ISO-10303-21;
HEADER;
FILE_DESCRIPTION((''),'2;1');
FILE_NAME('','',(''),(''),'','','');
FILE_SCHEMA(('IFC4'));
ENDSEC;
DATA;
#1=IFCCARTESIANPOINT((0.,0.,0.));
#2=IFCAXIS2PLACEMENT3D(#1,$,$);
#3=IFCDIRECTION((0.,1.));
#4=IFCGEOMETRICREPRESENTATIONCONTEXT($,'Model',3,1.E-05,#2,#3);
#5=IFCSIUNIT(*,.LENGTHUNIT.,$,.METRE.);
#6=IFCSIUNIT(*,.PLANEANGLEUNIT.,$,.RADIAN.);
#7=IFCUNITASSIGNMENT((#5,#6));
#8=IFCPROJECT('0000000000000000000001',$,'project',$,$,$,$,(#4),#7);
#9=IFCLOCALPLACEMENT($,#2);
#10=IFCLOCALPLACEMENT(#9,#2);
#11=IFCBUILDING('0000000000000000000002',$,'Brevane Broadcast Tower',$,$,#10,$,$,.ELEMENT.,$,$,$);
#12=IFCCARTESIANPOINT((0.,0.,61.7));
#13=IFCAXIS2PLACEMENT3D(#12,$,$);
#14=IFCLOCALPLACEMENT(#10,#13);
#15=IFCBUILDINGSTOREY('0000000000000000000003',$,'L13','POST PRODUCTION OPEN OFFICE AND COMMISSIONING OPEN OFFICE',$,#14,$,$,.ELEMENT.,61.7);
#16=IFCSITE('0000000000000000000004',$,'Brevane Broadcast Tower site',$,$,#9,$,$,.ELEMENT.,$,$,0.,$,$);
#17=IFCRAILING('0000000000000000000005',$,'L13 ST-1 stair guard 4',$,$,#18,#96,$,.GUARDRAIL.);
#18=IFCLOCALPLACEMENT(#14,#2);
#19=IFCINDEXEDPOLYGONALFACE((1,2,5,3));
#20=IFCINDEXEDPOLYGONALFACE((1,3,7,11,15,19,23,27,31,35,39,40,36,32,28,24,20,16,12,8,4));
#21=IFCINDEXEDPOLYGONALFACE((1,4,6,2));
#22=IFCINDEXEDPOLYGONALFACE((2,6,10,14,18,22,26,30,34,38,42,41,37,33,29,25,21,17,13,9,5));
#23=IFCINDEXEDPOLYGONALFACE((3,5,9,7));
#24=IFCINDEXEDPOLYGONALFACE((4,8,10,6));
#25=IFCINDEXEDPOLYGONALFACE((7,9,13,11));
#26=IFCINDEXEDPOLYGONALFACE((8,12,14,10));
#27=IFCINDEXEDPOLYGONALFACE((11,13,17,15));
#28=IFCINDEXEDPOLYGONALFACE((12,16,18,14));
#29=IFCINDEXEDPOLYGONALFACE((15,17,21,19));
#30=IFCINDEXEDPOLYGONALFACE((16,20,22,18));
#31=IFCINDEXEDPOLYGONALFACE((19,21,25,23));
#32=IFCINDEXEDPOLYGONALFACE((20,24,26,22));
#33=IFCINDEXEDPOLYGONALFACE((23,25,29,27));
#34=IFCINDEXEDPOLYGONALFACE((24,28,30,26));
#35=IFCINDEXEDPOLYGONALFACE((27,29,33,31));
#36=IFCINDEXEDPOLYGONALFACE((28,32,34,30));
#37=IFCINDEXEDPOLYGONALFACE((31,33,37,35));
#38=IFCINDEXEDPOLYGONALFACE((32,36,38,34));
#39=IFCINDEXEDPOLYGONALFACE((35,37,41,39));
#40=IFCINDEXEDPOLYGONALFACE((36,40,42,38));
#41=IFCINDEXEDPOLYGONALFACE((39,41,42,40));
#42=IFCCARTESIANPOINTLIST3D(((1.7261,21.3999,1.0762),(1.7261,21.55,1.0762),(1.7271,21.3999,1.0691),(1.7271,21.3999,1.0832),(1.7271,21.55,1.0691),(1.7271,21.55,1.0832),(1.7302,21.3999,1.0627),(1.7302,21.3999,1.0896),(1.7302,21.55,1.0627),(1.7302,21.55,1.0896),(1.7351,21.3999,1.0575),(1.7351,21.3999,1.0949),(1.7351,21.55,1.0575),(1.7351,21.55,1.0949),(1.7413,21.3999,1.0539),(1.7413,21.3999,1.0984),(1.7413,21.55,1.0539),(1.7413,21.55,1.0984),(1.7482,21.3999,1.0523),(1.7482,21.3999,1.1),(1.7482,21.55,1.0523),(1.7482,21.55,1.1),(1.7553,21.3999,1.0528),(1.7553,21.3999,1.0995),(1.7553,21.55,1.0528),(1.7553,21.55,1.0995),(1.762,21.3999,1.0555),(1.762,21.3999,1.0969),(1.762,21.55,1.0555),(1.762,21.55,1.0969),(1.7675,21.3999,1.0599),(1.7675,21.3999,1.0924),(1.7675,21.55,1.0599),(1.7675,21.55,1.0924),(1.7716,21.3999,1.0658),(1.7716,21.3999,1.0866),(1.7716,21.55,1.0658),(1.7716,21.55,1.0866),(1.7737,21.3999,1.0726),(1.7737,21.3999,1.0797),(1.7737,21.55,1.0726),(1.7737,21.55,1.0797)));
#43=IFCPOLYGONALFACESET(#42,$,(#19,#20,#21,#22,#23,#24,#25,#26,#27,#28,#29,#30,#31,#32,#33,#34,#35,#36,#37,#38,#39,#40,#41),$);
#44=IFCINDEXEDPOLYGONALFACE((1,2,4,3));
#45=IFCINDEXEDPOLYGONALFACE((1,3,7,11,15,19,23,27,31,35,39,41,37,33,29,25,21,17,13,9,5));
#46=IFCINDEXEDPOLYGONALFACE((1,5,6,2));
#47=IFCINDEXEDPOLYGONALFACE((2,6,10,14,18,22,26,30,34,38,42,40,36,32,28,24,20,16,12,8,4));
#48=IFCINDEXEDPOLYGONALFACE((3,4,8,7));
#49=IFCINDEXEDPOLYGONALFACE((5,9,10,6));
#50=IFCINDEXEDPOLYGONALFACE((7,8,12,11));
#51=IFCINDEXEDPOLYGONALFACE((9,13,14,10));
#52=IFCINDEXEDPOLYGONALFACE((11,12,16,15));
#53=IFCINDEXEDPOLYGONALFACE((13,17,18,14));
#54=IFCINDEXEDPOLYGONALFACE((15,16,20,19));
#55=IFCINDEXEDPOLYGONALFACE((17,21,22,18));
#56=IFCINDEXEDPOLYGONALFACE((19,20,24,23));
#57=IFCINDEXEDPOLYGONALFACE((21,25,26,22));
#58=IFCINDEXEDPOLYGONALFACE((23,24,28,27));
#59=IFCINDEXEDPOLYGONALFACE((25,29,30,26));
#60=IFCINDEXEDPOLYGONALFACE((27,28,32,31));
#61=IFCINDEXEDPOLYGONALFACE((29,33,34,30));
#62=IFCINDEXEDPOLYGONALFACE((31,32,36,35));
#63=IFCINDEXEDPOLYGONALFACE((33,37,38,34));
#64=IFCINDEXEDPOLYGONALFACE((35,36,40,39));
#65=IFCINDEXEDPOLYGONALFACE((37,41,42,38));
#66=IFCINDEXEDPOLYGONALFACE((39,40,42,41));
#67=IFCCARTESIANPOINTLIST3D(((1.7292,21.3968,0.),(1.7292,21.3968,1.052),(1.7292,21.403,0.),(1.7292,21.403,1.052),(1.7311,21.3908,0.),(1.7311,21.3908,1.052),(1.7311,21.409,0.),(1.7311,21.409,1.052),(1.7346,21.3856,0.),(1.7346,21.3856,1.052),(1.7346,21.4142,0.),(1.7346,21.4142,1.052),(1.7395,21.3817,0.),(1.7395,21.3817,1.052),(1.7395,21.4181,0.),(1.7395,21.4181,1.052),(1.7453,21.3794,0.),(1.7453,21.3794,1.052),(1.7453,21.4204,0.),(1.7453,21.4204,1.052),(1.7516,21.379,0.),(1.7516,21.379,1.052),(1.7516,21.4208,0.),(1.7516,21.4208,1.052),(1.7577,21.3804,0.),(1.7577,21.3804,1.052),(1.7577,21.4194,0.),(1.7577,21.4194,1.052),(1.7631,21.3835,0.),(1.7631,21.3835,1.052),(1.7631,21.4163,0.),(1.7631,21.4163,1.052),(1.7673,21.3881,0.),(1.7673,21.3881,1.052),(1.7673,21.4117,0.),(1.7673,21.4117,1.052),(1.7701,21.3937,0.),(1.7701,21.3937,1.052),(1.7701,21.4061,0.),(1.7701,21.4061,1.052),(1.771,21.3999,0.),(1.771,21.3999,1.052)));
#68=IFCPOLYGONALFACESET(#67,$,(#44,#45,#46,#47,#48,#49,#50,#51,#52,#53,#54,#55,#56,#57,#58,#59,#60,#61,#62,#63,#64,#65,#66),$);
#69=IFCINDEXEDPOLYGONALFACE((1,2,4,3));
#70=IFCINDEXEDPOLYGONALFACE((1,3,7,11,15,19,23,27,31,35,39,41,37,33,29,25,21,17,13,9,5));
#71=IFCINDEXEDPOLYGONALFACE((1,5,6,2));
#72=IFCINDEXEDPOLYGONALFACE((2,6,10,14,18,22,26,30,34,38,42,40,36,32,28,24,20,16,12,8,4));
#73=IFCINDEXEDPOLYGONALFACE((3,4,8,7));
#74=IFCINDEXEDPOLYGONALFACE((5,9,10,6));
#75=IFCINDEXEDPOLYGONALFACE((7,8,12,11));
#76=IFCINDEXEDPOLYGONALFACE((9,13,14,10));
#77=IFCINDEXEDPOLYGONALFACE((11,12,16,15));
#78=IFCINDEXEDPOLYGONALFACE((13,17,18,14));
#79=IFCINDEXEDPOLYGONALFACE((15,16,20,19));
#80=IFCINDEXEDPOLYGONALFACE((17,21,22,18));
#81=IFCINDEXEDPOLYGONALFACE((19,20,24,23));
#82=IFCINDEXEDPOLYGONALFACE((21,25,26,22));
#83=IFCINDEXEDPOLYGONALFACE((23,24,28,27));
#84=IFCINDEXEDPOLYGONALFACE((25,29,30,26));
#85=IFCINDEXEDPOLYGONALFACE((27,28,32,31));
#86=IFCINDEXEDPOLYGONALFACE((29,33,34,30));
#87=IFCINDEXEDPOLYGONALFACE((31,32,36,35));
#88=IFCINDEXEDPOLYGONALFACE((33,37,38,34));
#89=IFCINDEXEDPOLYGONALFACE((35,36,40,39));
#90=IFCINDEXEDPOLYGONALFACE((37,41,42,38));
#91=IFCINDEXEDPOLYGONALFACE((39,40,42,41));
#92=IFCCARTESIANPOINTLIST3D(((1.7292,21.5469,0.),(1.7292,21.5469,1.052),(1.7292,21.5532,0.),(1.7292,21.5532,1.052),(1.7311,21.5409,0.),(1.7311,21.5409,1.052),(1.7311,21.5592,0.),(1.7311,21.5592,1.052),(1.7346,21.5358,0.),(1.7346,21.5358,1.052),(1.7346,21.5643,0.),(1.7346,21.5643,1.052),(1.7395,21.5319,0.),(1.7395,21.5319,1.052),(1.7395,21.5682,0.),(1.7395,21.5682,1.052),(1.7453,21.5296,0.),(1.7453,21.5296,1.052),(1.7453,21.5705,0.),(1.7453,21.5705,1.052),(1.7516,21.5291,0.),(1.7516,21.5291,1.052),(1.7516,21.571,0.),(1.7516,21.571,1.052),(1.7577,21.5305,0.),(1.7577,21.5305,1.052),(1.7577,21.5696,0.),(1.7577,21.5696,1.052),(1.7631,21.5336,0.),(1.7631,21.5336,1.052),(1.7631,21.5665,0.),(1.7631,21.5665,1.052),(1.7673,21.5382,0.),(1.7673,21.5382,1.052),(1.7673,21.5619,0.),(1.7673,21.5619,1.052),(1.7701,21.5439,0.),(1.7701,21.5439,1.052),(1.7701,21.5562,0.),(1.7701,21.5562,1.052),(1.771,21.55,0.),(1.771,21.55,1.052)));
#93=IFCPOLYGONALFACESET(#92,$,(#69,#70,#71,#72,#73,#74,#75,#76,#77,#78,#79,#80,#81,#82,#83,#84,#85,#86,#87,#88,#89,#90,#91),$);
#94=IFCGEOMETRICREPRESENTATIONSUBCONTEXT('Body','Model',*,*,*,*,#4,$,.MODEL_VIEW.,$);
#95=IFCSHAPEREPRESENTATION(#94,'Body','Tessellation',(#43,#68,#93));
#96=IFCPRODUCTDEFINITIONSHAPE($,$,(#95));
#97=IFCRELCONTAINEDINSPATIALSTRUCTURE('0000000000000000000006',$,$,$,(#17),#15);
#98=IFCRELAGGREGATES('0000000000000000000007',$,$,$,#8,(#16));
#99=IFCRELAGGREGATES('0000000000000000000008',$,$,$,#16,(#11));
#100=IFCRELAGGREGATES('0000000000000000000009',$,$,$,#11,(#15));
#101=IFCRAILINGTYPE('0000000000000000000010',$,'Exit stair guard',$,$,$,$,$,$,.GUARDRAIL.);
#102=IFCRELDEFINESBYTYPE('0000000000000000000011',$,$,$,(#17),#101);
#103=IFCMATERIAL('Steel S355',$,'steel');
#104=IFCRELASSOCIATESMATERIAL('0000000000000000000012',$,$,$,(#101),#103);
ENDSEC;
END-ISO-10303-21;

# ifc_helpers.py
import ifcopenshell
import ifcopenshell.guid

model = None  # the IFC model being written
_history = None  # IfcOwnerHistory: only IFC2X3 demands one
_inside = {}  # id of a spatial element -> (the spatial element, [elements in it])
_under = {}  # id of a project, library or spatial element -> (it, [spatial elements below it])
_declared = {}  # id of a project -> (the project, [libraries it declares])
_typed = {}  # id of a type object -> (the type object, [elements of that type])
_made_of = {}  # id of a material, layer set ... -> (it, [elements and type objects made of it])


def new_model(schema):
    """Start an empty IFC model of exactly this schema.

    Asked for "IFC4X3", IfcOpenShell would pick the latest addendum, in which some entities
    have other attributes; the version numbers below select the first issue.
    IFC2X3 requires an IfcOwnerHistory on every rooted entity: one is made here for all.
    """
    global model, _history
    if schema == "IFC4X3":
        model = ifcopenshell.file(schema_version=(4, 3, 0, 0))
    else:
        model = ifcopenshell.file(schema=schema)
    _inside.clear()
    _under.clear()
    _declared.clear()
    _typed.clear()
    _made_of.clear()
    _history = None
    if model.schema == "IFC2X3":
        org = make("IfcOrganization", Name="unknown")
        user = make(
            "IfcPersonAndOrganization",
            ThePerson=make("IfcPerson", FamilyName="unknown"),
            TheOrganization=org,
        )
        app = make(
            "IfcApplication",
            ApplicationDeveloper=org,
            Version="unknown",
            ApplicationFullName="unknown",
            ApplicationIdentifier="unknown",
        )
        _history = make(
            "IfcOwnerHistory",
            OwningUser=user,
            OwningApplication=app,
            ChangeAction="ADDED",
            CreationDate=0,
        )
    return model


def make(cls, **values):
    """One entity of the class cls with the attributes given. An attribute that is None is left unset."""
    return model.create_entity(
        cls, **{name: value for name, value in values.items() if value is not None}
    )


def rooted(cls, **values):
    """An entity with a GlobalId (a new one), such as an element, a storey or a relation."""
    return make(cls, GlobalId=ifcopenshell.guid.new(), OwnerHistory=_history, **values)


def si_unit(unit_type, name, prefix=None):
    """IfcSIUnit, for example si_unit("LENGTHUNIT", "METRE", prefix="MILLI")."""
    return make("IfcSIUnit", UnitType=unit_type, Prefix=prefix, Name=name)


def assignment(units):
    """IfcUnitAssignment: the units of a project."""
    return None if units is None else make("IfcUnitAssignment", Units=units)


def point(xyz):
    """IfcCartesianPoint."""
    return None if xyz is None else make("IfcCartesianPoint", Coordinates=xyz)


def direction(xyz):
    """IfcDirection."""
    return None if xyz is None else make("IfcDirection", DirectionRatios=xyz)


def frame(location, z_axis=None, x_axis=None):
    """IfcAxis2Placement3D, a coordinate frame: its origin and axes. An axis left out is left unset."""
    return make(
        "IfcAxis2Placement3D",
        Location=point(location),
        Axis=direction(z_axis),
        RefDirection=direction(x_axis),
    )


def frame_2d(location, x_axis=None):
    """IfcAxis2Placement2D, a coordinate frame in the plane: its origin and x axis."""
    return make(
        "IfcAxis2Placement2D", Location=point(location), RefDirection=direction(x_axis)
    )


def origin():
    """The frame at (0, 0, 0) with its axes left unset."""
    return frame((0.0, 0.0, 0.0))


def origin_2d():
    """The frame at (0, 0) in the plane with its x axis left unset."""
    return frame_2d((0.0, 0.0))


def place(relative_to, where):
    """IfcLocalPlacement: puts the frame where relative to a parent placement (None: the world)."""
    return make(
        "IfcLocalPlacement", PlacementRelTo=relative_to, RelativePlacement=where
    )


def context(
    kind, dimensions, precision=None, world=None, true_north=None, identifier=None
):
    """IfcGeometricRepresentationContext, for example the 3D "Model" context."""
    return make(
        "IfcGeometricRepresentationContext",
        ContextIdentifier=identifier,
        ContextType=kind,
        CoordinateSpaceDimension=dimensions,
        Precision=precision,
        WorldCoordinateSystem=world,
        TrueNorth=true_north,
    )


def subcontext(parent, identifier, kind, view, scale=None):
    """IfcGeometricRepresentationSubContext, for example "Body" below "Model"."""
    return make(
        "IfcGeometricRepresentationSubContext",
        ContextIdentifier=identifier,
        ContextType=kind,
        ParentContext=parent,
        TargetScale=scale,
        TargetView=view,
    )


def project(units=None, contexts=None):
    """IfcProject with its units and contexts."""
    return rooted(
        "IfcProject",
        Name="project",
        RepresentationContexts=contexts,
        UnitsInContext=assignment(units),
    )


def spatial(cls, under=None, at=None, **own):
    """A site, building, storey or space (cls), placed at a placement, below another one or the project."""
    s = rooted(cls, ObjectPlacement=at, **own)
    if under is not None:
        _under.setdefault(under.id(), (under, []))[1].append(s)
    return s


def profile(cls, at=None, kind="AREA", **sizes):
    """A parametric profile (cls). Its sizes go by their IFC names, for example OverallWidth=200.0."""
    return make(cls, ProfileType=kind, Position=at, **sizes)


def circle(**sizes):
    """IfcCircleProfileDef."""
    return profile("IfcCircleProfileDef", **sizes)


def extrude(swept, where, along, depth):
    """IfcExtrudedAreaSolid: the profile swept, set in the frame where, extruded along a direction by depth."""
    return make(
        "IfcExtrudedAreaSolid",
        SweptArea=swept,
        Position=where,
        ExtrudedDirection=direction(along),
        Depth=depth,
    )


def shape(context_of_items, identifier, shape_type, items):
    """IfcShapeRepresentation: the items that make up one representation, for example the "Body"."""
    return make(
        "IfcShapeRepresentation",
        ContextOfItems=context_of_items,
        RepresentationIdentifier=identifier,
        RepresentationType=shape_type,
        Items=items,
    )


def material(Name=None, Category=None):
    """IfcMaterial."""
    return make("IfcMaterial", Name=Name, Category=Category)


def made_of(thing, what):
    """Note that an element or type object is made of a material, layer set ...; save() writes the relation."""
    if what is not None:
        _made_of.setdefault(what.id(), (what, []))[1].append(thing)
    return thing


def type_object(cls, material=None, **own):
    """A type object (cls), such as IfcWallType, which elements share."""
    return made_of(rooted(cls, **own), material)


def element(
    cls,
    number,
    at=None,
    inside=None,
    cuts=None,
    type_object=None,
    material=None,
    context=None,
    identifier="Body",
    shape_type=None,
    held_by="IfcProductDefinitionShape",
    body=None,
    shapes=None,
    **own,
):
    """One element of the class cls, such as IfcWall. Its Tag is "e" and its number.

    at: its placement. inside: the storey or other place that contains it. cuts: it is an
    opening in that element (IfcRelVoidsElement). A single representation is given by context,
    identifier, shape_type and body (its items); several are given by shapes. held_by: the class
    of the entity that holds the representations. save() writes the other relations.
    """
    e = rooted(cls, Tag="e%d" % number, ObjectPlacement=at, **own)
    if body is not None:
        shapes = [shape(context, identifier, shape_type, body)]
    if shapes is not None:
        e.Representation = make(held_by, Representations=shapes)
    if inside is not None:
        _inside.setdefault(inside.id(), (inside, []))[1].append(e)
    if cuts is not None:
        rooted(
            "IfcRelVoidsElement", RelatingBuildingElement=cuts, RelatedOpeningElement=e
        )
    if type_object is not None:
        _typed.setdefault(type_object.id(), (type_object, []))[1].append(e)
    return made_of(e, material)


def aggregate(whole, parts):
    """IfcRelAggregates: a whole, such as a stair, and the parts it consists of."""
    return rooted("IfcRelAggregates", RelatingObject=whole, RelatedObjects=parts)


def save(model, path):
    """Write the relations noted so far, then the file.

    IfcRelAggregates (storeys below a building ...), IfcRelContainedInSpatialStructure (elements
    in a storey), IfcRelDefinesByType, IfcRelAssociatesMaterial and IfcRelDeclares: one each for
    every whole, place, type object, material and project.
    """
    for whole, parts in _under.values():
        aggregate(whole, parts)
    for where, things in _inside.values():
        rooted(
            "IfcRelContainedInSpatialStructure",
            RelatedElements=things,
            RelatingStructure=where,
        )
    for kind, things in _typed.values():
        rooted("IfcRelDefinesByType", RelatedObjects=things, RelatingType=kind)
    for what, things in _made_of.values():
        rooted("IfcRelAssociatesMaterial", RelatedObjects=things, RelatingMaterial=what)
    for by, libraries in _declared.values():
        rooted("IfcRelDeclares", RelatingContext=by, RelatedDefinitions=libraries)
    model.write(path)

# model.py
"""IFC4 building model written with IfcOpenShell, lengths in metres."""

from ifc_helpers import new_model, si_unit, direction, frame, origin, origin_2d, place, context, subcontext, project, spatial, circle, extrude, material, type_object, element, save


model = new_model("IFC4")

# Units and contexts
model_context = context("Model", 3, precision=1e-05, world=origin(), true_north=direction((0.0, 1.0)))
body_context = subcontext(model_context, "Body", "Model", "MODEL_VIEW")
ifc_project = project(units=[si_unit("LENGTHUNIT", "METRE"), si_unit("PLANEANGLEUNIT", "RADIAN")], contexts=[model_context])

# Site, building, storey
site_placement = place(None, origin())
site = spatial("IfcSite", under=ifc_project, at=site_placement, Name="Brevane Broadcast Tower site", CompositionType="ELEMENT", RefElevation=0.0)
building_placement = place(site_placement, origin())
building = spatial("IfcBuilding", under=site, at=building_placement, Name="Brevane Broadcast Tower", CompositionType="ELEMENT")
storey_placement = place(building_placement, frame((0.0, 0.0, 61.7)))
storey = spatial("IfcBuildingStorey", under=building, at=storey_placement, Name="L13", Description="POST PRODUCTION OPEN OFFICE AND COMMISSIONING OPEN OFFICE", CompositionType="ELEMENT", Elevation=61.7)

# Railing
ifc_material_1 = material(Name="Steel S355", Category="steel")
railing_type_1 = type_object("IfcRailingType", Name="Exit stair guard", PredefinedType="GUARDRAIL", material=ifc_material_1)
railing_1_placement = place(storey_placement, frame((1.75, 21.3999, 0.0)))
element("IfcRailing", 1, at=railing_1_placement, inside=storey, type_object=railing_type_1, Name="L13 ST-1 stair guard 4", PredefinedType="GUARDRAIL", context=body_context, shape_type="SweptSolid", body=[
    extrude(circle(Radius=0.0239, at=origin_2d()), frame((0.0, 0.0, 1.0762), z_axis=(0.0, 1.0, 0.0), x_axis=(-1.0, 0.0, 0.0)), (0.0, 0.0, 1.0), 0.1501),
    extrude(circle(Radius=0.021, at=origin_2d()), origin(), (0.0, 0.0, 1.0), 1.052),
    extrude(circle(Radius=0.021, at=origin_2d()), frame((0.0, 0.1501, 0.0)), (0.0, 0.0, 1.0), 1.052),
])

save(model, "model.ifc")
